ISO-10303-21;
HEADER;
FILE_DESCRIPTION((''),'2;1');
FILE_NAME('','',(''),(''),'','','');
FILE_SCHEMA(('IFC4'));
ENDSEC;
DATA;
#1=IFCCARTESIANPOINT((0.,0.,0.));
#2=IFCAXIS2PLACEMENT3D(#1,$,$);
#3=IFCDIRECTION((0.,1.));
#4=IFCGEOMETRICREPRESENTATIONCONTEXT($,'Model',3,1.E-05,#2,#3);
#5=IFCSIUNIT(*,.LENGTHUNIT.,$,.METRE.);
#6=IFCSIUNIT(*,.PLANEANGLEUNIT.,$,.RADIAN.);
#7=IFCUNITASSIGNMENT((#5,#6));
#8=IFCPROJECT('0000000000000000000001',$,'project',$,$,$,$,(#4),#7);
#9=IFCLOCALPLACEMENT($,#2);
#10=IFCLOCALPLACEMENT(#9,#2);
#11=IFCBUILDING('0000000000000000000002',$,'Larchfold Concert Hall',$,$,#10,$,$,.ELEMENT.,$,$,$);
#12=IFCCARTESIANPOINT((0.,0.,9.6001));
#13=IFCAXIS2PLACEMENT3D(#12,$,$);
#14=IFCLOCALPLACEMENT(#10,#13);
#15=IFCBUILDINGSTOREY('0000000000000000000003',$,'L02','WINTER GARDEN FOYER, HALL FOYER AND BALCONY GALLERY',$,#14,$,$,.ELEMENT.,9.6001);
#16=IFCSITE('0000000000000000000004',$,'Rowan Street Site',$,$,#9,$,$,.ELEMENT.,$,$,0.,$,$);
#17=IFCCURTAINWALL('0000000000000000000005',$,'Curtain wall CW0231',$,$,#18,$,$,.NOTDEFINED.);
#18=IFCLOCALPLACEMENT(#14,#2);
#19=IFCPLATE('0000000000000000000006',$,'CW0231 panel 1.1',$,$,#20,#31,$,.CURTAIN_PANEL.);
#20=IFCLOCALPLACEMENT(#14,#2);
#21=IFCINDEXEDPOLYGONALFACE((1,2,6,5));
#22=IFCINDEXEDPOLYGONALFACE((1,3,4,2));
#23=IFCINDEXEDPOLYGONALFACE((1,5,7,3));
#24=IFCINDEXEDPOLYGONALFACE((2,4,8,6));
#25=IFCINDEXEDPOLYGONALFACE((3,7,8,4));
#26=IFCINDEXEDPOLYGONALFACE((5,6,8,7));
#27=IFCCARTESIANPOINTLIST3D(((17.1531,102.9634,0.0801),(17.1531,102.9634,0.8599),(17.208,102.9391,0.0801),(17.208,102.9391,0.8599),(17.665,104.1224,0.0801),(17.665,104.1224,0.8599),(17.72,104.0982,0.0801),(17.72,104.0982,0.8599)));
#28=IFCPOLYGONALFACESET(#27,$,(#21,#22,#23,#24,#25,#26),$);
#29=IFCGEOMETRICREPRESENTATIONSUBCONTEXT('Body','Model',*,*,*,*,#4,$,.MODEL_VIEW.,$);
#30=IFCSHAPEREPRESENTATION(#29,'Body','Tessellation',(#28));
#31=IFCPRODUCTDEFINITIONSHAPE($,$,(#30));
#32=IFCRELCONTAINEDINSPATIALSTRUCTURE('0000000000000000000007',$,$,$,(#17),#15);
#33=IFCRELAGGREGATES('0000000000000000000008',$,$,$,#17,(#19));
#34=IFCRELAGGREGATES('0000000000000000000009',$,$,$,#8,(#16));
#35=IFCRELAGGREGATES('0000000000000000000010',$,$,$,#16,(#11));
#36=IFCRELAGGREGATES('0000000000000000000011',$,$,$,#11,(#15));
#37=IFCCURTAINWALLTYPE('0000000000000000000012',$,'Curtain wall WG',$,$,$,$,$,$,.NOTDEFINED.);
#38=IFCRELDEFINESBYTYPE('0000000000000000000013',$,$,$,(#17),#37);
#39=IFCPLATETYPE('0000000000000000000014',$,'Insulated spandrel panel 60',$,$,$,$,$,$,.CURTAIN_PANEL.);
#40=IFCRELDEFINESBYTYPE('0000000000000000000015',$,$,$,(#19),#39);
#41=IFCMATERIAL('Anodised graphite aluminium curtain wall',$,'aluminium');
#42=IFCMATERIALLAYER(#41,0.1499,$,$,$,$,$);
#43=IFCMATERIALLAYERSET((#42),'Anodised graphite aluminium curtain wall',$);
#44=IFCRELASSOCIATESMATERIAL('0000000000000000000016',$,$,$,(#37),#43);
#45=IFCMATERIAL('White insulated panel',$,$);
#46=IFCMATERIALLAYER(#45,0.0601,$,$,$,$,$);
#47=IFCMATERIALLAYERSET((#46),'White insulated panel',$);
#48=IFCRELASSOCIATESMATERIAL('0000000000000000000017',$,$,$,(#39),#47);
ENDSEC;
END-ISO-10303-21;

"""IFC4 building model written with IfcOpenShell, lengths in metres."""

from ifc_helpers import new_model, si_unit, direction, frame, origin, origin_2d, place, context, subcontext, project, spatial, rectangle, extrude, material, layer, layer_set, type_object, element, aggregate, save


model = new_model("IFC4")

# Units and contexts
model_context = context("Model", 3, precision=1e-05, world=origin(), true_north=direction((0.0, 1.0)))
body_context = subcontext(model_context, "Body", "Model", "MODEL_VIEW")
ifc_project = project(units=[si_unit("LENGTHUNIT", "METRE"), si_unit("PLANEANGLEUNIT", "RADIAN")], contexts=[model_context])

# Site, building, storey
site_placement = place(None, origin())
site = spatial("IfcSite", under=ifc_project, at=site_placement, Name="Rowan Street Site", CompositionType="ELEMENT", RefElevation=0.0)
building_placement = place(site_placement, origin())
building = spatial("IfcBuilding", under=site, at=building_placement, Name="Larchfold Concert Hall", CompositionType="ELEMENT")
storey_placement = place(building_placement, frame((0.0, 0.0, 9.6001)))
storey = spatial("IfcBuildingStorey", under=building, at=storey_placement, Name="L02", Description="WINTER GARDEN FOYER, HALL FOYER AND BALCONY GALLERY", CompositionType="ELEMENT", Elevation=9.6001)

# Curtain wall
ifc_material_1 = material(Name="Anodised graphite aluminium curtain wall", Category="aluminium")
ifc_layer_1 = layer(ifc_material_1, 0.1499)
ifc_layer_set_1 = layer_set([ifc_layer_1], Name="Anodised graphite aluminium curtain wall")
curtain_wall_type = type_object("IfcCurtainWallType", Name="Curtain wall WG", PredefinedType="NOTDEFINED", material=ifc_layer_set_1)
curtain_wall_1_placement = place(storey_placement, origin())
curtain_wall_1 = element("IfcCurtainWall", 1, at=curtain_wall_1_placement, inside=storey, type_object=curtain_wall_type, Name="Curtain wall CW0231", PredefinedType="NOTDEFINED")

# Plate
ifc_material_2 = material(Name="White insulated panel")
ifc_layer_2 = layer(ifc_material_2, 0.0601)
ifc_layer_set_2 = layer_set([ifc_layer_2], Name="White insulated panel")
plate_type_1 = type_object("IfcPlateType", Name="Insulated spandrel panel 60", PredefinedType="CURTAIN_PANEL", material=ifc_layer_set_2)
plate_1_placement = place(storey_placement, frame((17.4365, 103.5308, 0.0801), z_axis=(0.0, 0.0, 1.0), x_axis=(0.404034, 0.914744, 0.0)))
plate_1 = element("IfcPlate", 2, at=plate_1_placement, type_object=plate_type_1, Name="CW0231 panel 1.1", PredefinedType="CURTAIN_PANEL", context=body_context, shape_type="SweptSolid", body=[
    extrude(rectangle(XDim=1.2671, YDim=0.0601, at=origin_2d()), origin(), (0.0, 0.0, 1.0), 0.7798),
])
aggregate(curtain_wall_1, [plate_1])

save(model, "model.ifc")
